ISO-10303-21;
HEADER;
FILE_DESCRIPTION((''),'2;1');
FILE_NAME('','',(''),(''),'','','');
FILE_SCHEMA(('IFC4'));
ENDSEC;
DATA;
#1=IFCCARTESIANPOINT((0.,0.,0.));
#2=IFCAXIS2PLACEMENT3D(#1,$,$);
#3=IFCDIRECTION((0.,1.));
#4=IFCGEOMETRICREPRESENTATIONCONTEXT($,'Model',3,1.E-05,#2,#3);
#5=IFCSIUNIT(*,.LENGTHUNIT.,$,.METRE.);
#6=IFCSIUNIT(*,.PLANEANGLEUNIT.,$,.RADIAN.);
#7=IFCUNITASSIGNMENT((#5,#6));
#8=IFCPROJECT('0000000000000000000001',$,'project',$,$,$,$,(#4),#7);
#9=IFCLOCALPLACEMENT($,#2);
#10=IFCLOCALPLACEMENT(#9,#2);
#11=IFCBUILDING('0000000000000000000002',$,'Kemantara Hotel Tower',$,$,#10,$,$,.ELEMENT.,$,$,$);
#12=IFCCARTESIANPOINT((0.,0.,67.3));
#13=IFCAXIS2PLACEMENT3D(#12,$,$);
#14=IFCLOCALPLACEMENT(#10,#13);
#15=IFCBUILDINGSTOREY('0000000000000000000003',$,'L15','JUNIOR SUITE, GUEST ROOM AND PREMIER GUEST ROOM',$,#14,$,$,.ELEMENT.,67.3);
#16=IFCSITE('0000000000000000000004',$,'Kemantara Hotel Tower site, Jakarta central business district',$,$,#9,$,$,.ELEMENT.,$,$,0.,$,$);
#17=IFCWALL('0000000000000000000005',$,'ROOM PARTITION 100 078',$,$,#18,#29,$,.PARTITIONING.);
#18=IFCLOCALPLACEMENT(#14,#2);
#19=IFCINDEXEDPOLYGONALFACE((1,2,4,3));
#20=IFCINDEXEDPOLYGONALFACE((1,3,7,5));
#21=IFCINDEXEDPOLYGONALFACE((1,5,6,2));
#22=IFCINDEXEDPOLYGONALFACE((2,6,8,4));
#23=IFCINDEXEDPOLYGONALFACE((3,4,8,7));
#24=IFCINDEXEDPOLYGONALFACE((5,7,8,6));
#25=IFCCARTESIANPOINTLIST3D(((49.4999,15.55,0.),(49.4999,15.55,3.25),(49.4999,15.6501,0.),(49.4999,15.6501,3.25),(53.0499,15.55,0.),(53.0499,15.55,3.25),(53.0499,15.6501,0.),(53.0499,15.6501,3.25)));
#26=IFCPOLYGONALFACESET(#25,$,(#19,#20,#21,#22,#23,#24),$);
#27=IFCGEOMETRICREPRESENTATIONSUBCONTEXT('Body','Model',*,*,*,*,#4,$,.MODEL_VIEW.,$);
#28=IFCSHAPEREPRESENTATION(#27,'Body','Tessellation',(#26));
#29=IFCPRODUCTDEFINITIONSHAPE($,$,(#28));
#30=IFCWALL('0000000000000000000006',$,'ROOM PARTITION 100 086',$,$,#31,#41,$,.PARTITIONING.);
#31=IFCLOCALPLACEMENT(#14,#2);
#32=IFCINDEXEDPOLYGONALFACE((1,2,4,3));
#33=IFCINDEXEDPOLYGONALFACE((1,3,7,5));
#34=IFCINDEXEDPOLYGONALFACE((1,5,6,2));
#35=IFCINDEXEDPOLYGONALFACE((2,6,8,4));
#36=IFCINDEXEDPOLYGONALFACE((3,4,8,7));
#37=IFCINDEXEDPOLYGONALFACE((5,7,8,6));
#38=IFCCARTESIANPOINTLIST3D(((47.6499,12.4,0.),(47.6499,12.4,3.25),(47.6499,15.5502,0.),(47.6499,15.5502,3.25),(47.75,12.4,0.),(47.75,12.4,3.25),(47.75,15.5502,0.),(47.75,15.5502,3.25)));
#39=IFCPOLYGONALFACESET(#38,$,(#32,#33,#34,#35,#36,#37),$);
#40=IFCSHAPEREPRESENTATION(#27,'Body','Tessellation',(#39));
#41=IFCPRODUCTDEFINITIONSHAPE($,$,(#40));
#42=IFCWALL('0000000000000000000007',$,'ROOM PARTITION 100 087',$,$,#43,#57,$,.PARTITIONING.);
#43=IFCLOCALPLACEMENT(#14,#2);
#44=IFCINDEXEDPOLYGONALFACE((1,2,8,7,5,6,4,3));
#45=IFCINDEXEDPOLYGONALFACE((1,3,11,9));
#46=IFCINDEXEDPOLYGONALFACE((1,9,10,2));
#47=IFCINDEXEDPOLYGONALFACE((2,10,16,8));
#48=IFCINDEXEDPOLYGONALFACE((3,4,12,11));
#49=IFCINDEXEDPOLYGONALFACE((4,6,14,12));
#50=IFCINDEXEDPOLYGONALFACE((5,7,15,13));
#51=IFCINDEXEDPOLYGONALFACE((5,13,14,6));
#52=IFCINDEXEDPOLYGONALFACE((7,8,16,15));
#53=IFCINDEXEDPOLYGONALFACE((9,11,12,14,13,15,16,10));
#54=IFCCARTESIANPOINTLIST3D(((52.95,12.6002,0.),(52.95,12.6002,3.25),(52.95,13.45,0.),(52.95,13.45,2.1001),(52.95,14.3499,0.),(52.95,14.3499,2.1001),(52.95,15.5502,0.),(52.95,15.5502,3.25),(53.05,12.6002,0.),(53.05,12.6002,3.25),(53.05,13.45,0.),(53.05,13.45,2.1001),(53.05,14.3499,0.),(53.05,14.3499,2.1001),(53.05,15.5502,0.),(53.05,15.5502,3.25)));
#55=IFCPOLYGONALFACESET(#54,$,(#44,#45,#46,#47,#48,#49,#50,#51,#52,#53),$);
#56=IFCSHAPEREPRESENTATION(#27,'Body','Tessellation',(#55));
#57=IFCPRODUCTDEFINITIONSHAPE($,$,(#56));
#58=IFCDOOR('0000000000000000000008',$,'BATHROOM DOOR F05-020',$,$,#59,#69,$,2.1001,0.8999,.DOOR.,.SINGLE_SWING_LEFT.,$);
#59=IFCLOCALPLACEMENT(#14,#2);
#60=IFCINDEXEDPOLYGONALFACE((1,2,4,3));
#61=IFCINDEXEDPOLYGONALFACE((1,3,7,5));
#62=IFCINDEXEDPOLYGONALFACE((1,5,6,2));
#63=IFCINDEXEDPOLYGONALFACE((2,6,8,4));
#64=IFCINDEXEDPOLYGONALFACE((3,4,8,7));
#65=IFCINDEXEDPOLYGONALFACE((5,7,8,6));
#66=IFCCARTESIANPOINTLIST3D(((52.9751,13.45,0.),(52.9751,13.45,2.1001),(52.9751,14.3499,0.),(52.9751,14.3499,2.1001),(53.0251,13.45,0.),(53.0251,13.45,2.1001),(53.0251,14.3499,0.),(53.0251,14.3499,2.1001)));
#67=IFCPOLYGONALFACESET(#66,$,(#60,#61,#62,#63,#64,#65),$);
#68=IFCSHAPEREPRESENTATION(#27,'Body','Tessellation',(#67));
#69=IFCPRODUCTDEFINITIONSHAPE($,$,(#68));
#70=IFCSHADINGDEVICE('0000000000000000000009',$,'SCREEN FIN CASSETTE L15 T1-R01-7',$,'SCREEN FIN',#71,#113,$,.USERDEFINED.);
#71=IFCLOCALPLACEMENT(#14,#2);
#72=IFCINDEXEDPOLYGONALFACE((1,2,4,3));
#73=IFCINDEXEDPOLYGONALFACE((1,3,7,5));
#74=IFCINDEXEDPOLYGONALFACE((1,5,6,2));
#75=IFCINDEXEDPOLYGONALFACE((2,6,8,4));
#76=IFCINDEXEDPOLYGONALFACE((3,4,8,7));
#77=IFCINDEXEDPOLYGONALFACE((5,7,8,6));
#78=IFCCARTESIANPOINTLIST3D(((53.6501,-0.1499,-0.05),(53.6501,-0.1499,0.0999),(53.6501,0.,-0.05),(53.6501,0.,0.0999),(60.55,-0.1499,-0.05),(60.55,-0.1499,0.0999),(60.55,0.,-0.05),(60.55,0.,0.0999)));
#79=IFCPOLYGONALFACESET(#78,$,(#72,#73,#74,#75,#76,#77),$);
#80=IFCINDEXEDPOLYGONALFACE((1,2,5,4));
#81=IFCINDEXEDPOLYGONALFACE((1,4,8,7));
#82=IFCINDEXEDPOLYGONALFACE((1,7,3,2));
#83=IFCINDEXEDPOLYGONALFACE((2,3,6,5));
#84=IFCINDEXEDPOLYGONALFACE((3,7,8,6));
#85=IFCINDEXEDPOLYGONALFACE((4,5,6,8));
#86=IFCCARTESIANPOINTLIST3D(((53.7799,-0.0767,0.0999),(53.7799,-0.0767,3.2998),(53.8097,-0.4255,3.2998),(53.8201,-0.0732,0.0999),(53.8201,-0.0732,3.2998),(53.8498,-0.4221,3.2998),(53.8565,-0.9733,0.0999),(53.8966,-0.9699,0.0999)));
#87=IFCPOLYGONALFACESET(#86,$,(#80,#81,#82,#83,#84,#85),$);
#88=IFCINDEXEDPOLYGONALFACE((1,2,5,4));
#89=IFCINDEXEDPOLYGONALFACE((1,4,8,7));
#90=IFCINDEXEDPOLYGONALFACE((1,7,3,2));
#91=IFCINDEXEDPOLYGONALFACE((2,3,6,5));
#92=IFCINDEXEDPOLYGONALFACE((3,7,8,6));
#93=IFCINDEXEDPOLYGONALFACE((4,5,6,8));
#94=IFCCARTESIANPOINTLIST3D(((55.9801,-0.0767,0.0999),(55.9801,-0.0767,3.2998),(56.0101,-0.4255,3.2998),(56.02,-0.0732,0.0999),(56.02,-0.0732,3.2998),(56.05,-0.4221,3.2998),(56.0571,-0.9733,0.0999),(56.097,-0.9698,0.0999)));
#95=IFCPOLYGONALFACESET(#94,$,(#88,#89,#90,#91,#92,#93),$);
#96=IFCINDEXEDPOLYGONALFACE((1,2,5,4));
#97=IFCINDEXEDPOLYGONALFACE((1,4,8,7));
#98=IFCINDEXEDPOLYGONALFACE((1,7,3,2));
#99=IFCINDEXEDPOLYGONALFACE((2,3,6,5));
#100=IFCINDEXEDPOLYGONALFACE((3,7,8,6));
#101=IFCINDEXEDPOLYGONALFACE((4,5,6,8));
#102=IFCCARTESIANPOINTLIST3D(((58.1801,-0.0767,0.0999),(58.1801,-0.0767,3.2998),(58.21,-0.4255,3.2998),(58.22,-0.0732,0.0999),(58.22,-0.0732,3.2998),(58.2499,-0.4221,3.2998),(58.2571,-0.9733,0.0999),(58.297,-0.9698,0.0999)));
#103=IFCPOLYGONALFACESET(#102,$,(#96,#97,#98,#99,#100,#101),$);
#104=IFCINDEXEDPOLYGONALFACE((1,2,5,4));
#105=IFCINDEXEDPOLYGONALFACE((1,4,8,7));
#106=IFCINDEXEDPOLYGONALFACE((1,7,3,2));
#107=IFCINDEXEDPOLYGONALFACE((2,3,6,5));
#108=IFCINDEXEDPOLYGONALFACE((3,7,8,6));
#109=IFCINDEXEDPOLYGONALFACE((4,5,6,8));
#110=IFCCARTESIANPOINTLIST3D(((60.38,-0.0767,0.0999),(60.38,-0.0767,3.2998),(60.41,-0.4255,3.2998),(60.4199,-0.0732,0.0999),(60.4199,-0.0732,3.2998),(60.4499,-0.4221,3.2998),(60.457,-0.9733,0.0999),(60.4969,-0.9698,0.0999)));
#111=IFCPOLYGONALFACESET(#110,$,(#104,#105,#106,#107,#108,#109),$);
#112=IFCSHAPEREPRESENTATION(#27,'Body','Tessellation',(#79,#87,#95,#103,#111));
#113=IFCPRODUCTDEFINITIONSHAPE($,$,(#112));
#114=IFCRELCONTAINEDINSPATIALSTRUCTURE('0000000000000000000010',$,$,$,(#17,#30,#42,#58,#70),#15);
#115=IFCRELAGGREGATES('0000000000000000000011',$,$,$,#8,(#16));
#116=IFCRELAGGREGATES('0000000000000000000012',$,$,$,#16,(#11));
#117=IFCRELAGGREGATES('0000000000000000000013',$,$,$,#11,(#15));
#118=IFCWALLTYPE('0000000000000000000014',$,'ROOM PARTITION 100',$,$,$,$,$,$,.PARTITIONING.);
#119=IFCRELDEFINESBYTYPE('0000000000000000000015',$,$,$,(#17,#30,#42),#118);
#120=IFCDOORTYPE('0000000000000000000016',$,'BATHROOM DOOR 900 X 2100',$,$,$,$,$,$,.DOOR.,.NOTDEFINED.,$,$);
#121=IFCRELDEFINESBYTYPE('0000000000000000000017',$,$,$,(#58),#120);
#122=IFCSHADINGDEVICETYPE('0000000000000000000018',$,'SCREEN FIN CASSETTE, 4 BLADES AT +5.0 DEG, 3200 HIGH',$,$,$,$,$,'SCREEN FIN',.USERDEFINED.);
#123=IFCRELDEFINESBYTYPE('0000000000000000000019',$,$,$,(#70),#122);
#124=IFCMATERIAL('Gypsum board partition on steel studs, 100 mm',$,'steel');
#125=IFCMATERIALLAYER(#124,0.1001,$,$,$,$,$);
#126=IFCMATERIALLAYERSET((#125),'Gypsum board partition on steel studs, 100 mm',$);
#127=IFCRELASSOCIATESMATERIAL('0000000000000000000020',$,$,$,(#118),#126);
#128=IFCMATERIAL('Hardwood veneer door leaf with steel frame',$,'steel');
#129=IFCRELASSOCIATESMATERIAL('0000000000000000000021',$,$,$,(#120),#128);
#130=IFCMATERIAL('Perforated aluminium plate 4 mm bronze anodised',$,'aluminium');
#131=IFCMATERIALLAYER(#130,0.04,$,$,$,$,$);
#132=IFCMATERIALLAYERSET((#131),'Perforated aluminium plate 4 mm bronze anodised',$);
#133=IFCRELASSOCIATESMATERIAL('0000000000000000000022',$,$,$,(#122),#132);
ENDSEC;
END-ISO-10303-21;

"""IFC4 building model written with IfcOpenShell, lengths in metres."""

from ifc_helpers import new_model, si_unit, direction, frame, frame_2d, origin, origin_2d, place, context, subcontext, project, spatial, polyline, rectangle, outline, extrude, source, transform, mapped, material, layer, layer_set, type_object, element, fill, save


model = new_model("IFC4")

# Units and contexts
model_context = context("Model", 3, precision=1e-05, world=origin(), true_north=direction((0.0, 1.0)))
body_context = subcontext(model_context, "Body", "Model", "MODEL_VIEW")
ifc_project = project(units=[si_unit("LENGTHUNIT", "METRE"), si_unit("PLANEANGLEUNIT", "RADIAN")], contexts=[model_context])

# Site, building, storey
site_placement = place(None, origin())
site = spatial("IfcSite", under=ifc_project, at=site_placement, Name="Kemantara Hotel Tower site, Jakarta central business district", CompositionType="ELEMENT", RefElevation=0.0)
building_placement = place(site_placement, origin())
building = spatial("IfcBuilding", under=site, at=building_placement, Name="Kemantara Hotel Tower", CompositionType="ELEMENT")
storey_placement = place(building_placement, frame((0.0, 0.0, 67.3)))
storey = spatial("IfcBuildingStorey", under=building, at=storey_placement, Name="L15", Description="JUNIOR SUITE, GUEST ROOM AND PREMIER GUEST ROOM", CompositionType="ELEMENT", Elevation=67.3)

# Shared definitions
ifc_material_1 = material(Name="Hardwood veneer door leaf with steel frame", Category="steel")

# Shared definitions
ifc_material_2 = material(Name="Gypsum board partition on steel studs, 100 mm", Category="steel")
ifc_layer_1 = layer(ifc_material_2, 0.1001)
ifc_layer_set_1 = layer_set([ifc_layer_1], Name="Gypsum board partition on steel studs, 100 mm")
wall_type_1 = type_object("IfcWallType", Name="ROOM PARTITION 100", PredefinedType="PARTITIONING", material=ifc_layer_set_1)

# Walls
wall_1_placement = place(storey_placement, frame((49.5, 15.6001, 0.0), z_axis=(0.0, 0.0, 1.0), x_axis=(1.0, 0.0, 0.0)))
element("IfcWall", 1, at=wall_1_placement, inside=storey, type_object=wall_type_1, Name="ROOM PARTITION 100 078", PredefinedType="PARTITIONING", context=body_context, shape_type="SweptSolid", body=[
    extrude(rectangle(XDim=3.55, YDim=0.1001, at=frame_2d((1.7749, 0.0))), origin(), (0.0, 0.0, 1.0), 3.25),
])
wall_2_placement = place(storey_placement, frame((47.7, 12.3999, 0.0), z_axis=(0.0, 0.0, 1.0), x_axis=(0.0, 1.0, 0.0)))
element("IfcWall", 2, at=wall_2_placement, inside=storey, type_object=wall_type_1, Name="ROOM PARTITION 100 086", PredefinedType="PARTITIONING", context=body_context, shape_type="SweptSolid", body=[
    extrude(rectangle(XDim=3.1501, YDim=0.1001, at=frame_2d((1.5752, 0.0))), origin(), (0.0, 0.0, 1.0), 3.25),
])

# Wall, opening, door
wall_3_placement = place(storey_placement, frame((53.0, 12.6001, 0.0), z_axis=(0.0, 0.0, 1.0), x_axis=(0.0, 1.0, 0.0)))
wall_3 = element("IfcWall", 3, at=wall_3_placement, inside=storey, type_object=wall_type_1, Name="ROOM PARTITION 100 087", PredefinedType="PARTITIONING", context=body_context, shape_type="SweptSolid", body=[
    extrude(rectangle(XDim=2.95, YDim=0.1001, at=frame_2d((1.4751, 0.0))), origin(), (0.0, 0.0, 1.0), 3.25),
])
opening_1_placement = place(wall_3_placement, frame((0.8499, 0.0, 0.0)))
opening_1 = element("IfcOpeningElement", 4, at=opening_1_placement, cuts=wall_3, PredefinedType="OPENING", context=body_context, shape_type="SweptSolid", body=[
    extrude(rectangle(XDim=0.8999, YDim=2.1001, at=frame_2d((0.45, 1.05))), frame((0.0, 0.0601, 0.0), z_axis=(0.0, -1.0, 0.0), x_axis=(1.0, 0.0, 0.0)), (0.0, 0.0, 1.0), 0.1201),
])
door_type_1 = type_object("IfcDoorType", Name="BATHROOM DOOR 900 X 2100", OperationType="NOTDEFINED", PredefinedType="DOOR", material=ifc_material_1)
door_1_placement = place(opening_1_placement, origin())
door_1 = element("IfcDoor", 5, at=door_1_placement, inside=storey, type_object=door_type_1, Name="BATHROOM DOOR F05-020", OperationType="SINGLE_SWING_LEFT", OverallHeight=2.1001, OverallWidth=0.8999, PredefinedType="DOOR", context=body_context, shape_type="SweptSolid", body=[
    extrude(rectangle(XDim=0.8999, YDim=2.1001, at=frame_2d((0.45, 1.05))), frame((0.0, 0.0249, 0.0), z_axis=(0.0, -1.0, 0.0), x_axis=(1.0, 0.0, 0.0)), (0.0, 0.0, 1.0), 0.05),
])
fill(opening_1, door_1)

# Shading device
ifc_material_3 = material(Name="Perforated aluminium plate 4 mm bronze anodised", Category="aluminium")
ifc_layer_2 = layer(ifc_material_3, 0.04)
ifc_layer_set_2 = layer_set([ifc_layer_2], Name="Perforated aluminium plate 4 mm bronze anodised")
shading_device_type = type_object("IfcShadingDeviceType", Name="SCREEN FIN CASSETTE, 4 BLADES AT +5.0 DEG, 3200 HIGH", ElementType="SCREEN FIN", PredefinedType="USERDEFINED", material=ifc_layer_set_2)
shared_shape = source(origin(), body_context, "Body", "SweptSolid", [
    extrude(rectangle(XDim=6.8999, YDim=0.1499, at=origin_2d()), frame((3.3, -0.075, -0.1499), z_axis=(0.0, 0.0, 1.0), x_axis=(1.0, 0.0, 0.0)), (0.0, 0.0, 1.0), 0.1499),
    extrude(outline(polyline([(0.0, 0.0), (0.8999, 0.0), (0.3501, 3.2), (0.0, 3.2), (0.0, 0.0)])), frame((0.02, -0.0732, 0.0), z_axis=(-0.996376, -0.085056, 0.0), x_axis=(0.085056, -0.996376, 0.0)), (0.0, 0.0, 1.0), 0.0403),
    extrude(outline(polyline([(0.0, 0.0), (0.8999, 0.0), (0.3501, 3.2), (0.0, 3.2), (0.0, 0.0)])), frame((2.22, -0.0732, 0.0), z_axis=(-0.996332, -0.085575, 0.0), x_axis=(0.085575, -0.996332, 0.0)), (0.0, 0.0, 1.0), 0.04),
    extrude(outline(polyline([(0.0, 0.0), (0.8999, 0.0), (0.3501, 3.2), (0.0, 3.2), (0.0, 0.0)])), frame((4.4199, -0.0732, 0.0), z_axis=(-0.996332, -0.085575, 0.0), x_axis=(0.085575, -0.996332, 0.0)), (0.0, 0.0, 1.0), 0.04),
    extrude(outline(polyline([(0.0, 0.0), (0.8999, 0.0), (0.3501, 3.2), (0.0, 3.2), (0.0, 0.0)])), frame((6.6199, -0.0732, 0.0), z_axis=(-0.996332, -0.085575, 0.0), x_axis=(0.085575, -0.996332, 0.0)), (0.0, 0.0, 1.0), 0.04),
])
shading_device_placement = place(storey_placement, frame((53.8, 0.0, 0.0999), z_axis=(0.0, 0.0, 1.0), x_axis=(1.0, 0.0, 0.0)))
element("IfcShadingDevice", 6, at=shading_device_placement, inside=storey, type_object=shading_device_type, Name="SCREEN FIN CASSETTE L15 T1-R01-7", ObjectType="SCREEN FIN", PredefinedType="USERDEFINED", context=body_context, shape_type="MappedRepresentation", body=[
    mapped(shared_shape, transform((0.0, 0.0, 0.0))),
])

save(model, "model.ifc")
